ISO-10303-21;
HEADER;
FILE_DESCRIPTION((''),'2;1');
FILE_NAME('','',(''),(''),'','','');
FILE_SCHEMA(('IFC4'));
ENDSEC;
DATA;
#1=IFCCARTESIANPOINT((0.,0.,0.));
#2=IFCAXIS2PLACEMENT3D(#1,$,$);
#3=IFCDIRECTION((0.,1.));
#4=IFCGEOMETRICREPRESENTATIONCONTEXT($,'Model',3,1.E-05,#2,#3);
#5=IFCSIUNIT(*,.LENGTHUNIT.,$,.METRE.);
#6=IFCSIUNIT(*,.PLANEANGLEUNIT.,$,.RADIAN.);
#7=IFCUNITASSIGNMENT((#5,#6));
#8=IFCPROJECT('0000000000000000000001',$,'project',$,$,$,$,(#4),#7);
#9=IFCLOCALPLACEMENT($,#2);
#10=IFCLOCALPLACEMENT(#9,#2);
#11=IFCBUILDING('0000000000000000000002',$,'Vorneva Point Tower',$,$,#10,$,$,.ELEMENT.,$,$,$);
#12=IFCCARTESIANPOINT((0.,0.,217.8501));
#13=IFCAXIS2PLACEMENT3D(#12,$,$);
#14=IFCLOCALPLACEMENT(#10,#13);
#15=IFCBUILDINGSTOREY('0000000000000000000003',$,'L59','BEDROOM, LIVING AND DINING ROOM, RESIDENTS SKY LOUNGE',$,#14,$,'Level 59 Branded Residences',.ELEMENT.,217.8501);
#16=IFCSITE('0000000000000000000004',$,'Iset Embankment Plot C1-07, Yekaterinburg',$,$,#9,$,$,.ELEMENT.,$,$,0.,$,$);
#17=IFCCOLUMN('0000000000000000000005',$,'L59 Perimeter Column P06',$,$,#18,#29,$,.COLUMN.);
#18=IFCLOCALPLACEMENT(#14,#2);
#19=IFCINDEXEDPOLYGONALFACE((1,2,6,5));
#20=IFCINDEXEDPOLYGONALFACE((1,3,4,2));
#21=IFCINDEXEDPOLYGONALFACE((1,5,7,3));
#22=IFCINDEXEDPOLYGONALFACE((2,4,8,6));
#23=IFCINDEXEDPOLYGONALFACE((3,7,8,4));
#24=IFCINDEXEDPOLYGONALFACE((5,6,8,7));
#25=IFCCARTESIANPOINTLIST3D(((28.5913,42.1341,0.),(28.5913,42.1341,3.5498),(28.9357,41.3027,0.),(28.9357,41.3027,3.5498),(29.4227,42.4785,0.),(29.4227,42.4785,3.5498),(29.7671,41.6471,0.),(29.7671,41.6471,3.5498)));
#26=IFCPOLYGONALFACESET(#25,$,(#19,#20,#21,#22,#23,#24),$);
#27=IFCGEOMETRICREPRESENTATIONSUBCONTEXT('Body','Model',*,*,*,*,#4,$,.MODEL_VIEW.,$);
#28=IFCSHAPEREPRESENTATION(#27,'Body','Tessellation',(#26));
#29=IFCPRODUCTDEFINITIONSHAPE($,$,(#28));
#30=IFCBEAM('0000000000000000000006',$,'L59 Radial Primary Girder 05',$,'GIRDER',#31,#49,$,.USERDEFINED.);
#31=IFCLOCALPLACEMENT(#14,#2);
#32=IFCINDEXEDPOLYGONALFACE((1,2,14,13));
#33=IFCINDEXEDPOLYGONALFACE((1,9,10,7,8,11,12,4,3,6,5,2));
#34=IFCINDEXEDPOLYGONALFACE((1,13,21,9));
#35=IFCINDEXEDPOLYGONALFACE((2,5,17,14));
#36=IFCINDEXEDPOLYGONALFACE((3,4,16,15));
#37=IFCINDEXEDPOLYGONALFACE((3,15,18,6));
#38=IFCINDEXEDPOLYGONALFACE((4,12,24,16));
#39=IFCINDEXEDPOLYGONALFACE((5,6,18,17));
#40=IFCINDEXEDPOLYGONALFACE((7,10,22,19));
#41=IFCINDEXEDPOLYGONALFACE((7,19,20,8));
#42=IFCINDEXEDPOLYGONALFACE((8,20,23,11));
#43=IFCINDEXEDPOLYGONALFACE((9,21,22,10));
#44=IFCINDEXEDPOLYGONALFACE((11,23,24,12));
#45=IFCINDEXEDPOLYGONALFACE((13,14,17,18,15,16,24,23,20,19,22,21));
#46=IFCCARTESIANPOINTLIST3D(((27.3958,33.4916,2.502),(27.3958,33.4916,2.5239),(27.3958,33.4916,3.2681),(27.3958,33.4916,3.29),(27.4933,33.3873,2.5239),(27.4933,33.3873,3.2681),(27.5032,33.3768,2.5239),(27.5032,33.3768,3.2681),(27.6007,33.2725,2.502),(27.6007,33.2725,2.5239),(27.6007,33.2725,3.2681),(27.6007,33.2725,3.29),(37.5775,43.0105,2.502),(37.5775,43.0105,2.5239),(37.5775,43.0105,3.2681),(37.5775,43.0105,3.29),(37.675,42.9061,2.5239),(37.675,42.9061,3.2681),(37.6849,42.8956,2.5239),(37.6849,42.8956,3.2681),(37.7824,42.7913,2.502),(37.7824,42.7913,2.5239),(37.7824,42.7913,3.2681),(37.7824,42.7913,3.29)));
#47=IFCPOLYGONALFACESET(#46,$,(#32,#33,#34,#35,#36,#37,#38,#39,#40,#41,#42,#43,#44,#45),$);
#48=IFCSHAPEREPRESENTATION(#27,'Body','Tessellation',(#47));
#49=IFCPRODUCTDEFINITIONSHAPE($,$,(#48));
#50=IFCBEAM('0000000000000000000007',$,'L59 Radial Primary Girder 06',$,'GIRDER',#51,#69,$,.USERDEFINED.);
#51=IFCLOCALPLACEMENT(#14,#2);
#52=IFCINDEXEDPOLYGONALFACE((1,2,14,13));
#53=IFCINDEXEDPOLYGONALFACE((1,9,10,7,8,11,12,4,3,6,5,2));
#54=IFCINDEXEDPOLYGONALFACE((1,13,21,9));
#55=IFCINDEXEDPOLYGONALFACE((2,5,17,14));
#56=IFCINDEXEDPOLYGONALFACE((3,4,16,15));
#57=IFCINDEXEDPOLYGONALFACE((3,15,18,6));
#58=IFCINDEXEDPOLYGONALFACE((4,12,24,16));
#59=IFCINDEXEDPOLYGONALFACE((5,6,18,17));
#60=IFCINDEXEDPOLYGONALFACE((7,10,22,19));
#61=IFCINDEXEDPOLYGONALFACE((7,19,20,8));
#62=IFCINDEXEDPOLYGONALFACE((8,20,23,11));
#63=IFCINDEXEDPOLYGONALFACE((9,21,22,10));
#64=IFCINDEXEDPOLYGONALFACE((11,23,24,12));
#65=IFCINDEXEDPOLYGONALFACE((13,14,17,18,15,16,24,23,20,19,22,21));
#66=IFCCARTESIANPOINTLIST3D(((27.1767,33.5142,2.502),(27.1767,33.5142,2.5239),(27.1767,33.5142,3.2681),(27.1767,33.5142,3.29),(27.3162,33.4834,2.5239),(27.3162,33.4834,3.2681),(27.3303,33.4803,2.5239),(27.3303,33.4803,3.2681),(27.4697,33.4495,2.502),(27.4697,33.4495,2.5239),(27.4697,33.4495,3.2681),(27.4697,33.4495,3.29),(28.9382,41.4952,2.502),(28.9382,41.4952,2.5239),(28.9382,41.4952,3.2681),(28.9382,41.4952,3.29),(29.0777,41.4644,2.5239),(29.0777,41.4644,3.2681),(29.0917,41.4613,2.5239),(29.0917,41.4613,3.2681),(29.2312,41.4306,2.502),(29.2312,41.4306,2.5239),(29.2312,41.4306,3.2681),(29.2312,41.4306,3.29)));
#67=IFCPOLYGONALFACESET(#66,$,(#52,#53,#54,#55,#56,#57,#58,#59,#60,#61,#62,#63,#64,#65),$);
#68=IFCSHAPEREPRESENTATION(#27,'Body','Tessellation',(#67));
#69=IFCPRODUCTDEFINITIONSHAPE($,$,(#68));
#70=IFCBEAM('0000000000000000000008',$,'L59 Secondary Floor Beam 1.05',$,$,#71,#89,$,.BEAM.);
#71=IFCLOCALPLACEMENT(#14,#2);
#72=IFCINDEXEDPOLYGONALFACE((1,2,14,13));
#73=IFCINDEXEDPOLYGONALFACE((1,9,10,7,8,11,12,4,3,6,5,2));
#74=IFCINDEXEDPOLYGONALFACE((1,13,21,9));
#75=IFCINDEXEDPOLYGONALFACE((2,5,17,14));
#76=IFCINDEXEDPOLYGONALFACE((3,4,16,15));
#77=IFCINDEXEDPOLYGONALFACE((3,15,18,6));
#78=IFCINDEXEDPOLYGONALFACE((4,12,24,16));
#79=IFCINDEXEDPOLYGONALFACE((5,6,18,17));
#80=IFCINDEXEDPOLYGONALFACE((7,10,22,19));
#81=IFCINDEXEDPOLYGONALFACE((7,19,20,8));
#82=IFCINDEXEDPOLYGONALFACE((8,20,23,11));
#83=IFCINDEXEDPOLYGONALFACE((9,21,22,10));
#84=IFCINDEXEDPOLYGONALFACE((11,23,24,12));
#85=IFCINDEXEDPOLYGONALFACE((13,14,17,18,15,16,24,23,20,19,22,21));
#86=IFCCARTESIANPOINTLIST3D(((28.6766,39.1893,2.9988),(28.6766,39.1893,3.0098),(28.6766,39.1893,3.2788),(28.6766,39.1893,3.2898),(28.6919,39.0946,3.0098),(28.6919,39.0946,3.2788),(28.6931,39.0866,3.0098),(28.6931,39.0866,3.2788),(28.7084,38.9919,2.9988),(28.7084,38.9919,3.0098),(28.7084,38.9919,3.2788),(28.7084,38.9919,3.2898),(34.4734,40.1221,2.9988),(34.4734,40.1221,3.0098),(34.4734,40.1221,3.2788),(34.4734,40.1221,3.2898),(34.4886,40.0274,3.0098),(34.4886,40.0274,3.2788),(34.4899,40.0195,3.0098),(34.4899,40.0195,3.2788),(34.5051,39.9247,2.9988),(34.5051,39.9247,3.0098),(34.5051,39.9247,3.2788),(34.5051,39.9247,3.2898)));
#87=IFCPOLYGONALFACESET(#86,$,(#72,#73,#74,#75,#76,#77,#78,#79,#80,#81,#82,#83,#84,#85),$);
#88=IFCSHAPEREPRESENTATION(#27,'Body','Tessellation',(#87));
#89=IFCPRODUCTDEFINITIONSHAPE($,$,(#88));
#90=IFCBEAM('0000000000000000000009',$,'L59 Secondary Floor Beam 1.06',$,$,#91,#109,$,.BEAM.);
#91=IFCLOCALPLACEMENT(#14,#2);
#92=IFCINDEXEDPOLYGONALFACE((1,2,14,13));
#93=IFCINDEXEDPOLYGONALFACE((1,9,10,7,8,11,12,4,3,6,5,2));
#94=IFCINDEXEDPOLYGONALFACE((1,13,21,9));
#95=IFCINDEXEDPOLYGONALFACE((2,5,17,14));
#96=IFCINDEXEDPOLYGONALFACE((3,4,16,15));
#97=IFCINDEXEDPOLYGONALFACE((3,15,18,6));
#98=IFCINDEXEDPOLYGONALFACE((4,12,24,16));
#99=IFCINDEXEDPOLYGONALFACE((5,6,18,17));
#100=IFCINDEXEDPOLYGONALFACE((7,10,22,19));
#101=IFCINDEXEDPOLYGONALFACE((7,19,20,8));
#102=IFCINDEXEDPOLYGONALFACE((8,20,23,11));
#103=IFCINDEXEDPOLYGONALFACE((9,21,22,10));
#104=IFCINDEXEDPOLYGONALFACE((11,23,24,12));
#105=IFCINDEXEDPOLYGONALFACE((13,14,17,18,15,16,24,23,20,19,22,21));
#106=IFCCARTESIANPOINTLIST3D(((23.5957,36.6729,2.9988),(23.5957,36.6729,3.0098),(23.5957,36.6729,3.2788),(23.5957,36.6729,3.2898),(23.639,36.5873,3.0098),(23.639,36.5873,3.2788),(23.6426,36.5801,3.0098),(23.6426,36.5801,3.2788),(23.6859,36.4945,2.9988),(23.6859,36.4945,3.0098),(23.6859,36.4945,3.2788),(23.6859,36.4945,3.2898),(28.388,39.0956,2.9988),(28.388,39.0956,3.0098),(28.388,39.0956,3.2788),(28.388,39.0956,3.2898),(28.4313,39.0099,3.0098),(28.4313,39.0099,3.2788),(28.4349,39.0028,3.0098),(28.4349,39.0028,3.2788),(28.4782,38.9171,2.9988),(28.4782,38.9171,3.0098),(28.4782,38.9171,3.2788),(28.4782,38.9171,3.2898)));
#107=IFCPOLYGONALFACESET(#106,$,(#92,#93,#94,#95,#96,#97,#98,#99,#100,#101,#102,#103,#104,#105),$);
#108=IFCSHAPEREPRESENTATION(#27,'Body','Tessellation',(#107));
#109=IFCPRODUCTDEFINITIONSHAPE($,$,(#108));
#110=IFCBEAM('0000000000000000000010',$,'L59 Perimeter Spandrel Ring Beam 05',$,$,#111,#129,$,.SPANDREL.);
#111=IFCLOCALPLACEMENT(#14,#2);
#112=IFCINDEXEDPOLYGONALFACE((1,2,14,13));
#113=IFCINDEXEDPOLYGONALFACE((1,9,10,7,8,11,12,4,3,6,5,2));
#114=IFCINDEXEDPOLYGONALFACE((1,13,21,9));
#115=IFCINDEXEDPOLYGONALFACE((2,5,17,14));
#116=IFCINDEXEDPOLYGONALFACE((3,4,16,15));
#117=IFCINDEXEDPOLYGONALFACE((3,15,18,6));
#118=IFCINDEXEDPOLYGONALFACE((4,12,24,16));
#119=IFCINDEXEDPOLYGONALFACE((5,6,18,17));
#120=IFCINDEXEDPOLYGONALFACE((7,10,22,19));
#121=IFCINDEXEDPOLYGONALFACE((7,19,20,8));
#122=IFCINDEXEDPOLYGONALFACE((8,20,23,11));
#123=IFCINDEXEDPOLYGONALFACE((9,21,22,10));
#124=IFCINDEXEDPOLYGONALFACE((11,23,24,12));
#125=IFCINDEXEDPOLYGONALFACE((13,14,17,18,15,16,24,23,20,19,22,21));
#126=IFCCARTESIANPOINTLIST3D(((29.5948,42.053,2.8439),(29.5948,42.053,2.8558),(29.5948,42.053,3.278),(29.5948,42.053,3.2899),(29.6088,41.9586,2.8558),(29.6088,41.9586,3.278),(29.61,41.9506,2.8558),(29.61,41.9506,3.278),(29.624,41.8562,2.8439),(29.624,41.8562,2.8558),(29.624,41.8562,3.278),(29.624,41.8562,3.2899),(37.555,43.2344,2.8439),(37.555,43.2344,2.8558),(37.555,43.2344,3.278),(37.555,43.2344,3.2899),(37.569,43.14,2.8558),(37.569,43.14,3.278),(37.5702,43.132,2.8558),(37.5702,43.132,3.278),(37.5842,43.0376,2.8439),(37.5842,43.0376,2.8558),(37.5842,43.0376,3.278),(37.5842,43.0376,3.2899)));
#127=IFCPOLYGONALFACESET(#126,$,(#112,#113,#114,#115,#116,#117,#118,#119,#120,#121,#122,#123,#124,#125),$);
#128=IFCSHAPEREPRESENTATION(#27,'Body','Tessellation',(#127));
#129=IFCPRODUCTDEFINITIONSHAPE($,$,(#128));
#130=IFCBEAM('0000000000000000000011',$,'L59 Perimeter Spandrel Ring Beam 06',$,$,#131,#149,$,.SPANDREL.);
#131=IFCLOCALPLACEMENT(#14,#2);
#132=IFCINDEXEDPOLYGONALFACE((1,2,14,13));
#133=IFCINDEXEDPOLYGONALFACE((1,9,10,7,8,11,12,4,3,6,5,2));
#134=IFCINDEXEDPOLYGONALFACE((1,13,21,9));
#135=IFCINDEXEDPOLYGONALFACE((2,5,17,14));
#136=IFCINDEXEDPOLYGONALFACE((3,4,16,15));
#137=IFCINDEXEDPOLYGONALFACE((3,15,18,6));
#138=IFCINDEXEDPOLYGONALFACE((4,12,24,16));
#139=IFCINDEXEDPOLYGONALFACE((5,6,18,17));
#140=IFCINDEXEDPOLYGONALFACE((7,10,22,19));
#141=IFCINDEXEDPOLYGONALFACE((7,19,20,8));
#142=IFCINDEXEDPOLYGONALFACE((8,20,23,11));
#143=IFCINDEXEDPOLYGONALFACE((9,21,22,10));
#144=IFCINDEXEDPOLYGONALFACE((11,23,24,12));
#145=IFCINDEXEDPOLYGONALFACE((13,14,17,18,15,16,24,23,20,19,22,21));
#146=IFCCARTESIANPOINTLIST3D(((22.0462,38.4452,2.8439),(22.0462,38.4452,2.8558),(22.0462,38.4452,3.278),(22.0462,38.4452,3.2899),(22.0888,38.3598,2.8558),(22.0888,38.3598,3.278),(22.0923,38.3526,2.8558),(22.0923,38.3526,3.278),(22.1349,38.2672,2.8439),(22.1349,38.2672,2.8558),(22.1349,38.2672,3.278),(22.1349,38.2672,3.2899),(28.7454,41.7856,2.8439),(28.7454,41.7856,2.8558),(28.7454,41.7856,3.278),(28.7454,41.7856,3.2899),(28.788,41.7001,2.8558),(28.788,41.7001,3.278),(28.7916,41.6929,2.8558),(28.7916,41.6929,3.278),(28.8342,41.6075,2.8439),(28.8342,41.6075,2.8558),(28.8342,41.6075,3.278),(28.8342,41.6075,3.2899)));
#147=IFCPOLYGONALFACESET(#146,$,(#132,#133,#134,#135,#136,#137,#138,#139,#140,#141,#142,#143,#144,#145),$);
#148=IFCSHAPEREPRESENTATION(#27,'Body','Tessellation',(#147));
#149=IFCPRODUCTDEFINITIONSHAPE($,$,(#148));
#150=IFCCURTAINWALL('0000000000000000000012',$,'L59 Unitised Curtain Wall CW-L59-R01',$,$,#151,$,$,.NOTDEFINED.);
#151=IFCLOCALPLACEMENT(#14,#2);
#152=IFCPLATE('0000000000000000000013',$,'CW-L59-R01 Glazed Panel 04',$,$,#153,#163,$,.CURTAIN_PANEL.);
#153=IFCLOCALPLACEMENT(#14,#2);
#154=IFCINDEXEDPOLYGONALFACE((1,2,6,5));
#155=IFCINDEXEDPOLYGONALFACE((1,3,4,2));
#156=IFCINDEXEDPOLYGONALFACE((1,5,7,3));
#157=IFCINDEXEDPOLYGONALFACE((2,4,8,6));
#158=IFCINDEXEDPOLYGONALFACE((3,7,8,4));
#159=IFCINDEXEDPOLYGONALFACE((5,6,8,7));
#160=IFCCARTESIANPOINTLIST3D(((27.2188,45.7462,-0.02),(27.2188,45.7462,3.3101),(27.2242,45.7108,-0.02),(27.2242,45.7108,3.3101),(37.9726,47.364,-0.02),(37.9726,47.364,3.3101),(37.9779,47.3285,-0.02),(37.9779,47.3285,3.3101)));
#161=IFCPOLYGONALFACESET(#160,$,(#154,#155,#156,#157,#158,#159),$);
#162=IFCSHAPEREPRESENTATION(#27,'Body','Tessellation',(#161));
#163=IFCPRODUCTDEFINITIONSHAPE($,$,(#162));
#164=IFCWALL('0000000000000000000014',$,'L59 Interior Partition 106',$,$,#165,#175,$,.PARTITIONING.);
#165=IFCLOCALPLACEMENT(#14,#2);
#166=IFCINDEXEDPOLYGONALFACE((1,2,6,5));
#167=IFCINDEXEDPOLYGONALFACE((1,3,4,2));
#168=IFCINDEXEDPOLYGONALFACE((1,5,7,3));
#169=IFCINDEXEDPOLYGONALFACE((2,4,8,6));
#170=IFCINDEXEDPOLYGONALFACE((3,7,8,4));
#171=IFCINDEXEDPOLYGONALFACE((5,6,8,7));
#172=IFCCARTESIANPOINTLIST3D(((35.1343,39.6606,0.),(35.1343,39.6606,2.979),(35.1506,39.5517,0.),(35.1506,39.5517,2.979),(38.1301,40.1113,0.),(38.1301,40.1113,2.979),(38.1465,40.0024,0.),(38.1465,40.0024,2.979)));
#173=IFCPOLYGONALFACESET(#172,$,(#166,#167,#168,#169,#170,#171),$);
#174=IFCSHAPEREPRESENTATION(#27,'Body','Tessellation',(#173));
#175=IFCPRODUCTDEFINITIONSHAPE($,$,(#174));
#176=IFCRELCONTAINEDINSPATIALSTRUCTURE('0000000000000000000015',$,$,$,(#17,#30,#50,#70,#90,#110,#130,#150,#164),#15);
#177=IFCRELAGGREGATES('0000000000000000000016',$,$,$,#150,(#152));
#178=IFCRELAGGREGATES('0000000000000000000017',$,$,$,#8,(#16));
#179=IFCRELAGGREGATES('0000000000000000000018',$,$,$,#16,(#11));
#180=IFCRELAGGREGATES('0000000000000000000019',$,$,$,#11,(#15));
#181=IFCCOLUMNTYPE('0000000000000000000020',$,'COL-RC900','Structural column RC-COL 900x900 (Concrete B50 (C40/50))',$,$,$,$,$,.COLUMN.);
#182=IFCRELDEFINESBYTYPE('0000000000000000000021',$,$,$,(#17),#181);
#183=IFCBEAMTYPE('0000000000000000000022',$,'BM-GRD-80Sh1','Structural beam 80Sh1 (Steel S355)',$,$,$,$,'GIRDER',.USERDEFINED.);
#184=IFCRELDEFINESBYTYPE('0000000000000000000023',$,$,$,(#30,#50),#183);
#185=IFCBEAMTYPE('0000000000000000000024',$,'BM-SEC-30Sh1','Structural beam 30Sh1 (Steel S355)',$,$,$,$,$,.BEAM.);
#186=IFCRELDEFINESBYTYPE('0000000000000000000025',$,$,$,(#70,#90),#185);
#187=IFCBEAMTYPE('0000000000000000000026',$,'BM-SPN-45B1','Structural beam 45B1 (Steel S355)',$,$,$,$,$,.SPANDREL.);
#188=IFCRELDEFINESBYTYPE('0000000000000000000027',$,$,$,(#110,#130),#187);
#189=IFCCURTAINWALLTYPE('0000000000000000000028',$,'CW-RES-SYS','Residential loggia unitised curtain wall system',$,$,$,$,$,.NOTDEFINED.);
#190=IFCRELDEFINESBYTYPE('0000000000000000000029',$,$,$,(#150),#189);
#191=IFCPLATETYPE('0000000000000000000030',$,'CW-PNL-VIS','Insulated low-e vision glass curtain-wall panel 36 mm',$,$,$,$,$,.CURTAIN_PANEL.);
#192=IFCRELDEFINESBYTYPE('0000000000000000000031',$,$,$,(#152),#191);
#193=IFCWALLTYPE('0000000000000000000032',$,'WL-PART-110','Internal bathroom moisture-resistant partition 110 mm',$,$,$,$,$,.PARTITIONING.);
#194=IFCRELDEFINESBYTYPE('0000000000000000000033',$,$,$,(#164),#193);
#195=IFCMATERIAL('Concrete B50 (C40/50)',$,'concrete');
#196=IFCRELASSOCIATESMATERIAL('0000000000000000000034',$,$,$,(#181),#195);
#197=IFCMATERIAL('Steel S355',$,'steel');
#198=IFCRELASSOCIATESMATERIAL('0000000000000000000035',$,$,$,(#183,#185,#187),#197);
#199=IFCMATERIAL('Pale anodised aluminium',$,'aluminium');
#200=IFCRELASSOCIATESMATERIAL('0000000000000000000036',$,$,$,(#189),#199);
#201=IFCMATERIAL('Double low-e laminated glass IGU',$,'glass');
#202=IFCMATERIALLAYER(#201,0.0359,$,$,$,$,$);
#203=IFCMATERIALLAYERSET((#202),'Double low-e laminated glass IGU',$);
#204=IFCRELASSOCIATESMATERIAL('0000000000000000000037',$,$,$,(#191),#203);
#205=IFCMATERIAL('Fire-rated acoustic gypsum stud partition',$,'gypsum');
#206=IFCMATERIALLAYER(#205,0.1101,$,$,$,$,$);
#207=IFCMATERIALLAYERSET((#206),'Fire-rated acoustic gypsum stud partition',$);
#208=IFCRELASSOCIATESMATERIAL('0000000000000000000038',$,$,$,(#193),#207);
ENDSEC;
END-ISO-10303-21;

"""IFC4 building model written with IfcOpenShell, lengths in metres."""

from ifc_helpers import new_model, si_unit, direction, frame, frame_2d, origin, origin_2d, place, context, subcontext, project, spatial, rectangle, i_section, extrude, material, layer, layer_set, material_profile, profile_set, type_object, element, aggregate, save


model = new_model("IFC4")

# Units and contexts
model_context = context("Model", 3, precision=1e-05, world=origin(), true_north=direction((0.0, 1.0)))
body_context = subcontext(model_context, "Body", "Model", "MODEL_VIEW")
ifc_project = project(units=[si_unit("LENGTHUNIT", "METRE"), si_unit("PLANEANGLEUNIT", "RADIAN")], contexts=[model_context])

# Site, building, storey
site_placement = place(None, origin())
site = spatial("IfcSite", under=ifc_project, at=site_placement, Name="Iset Embankment Plot C1-07, Yekaterinburg", CompositionType="ELEMENT", RefElevation=0.0)
building_placement = place(site_placement, origin())
building = spatial("IfcBuilding", under=site, at=building_placement, Name="Vorneva Point Tower", CompositionType="ELEMENT")
storey_placement = place(building_placement, frame((0.0, 0.0, 217.8501)))
storey = spatial("IfcBuildingStorey", under=building, at=storey_placement, Name="L59", Description="BEDROOM, LIVING AND DINING ROOM, RESIDENTS SKY LOUNGE", LongName="Level 59 Branded Residences", CompositionType="ELEMENT", Elevation=217.8501)

# Column
ifc_material_1 = material(Name="Concrete B50 (C40/50)", Category="concrete")
ifc_material_profile_1 = material_profile(ifc_material_1, rectangle(XDim=0.8999, YDim=0.8999, at=origin_2d()), Name="RC-COL 900x900")
ifc_profile_set_1 = profile_set([ifc_material_profile_1], Name="Concrete B50 (C40/50)")
column_type = type_object("IfcColumnType", Name="COL-RC900", Description="Structural column RC-COL 900x900 (Concrete B50 (C40/50))", PredefinedType="COLUMN", material=ifc_profile_set_1)
column_placement = place(storey_placement, frame((29.1792, 41.8906, 0.0), z_axis=(0.0, 0.0, 1.0), x_axis=(-0.382683, 0.92388, 0.0)))
element("IfcColumn", 1, at=column_placement, inside=storey, type_object=column_type, Name="L59 Perimeter Column P06", PredefinedType="COLUMN", context=body_context, shape_type="SweptSolid", body=[
    extrude(rectangle(XDim=0.8999, YDim=0.8999, at=origin_2d()), origin(), (0.0, 0.0, 1.0), 3.5498),
])

# Beams
ifc_material_2 = material(Name="Steel S355", Category="steel")
ifc_material_profile_2 = material_profile(ifc_material_2, i_section(OverallWidth=0.3, OverallDepth=0.7881, WebThickness=0.0144, FlangeThickness=0.022, at=origin_2d()), Name="80Sh1")
ifc_profile_set_2 = profile_set([ifc_material_profile_2], Name="Steel S355")
beam_type_1 = type_object("IfcBeamType", Name="BM-GRD-80Sh1", Description="Structural beam 80Sh1 (Steel S355)", ElementType="GIRDER", PredefinedType="USERDEFINED", material=ifc_profile_set_2)
beam_1_placement = place(storey_placement, frame((37.6799, 42.9009, 2.896), z_axis=(-0.730485, -0.682929, 0.0), x_axis=(0.682929, -0.730485, 0.0)))
element("IfcBeam", 2, at=beam_1_placement, inside=storey, type_object=beam_type_1, Name="L59 Radial Primary Girder 05", ObjectType="GIRDER", PredefinedType="USERDEFINED", context=body_context, shape_type="SweptSolid", body=[
    extrude(i_section(OverallWidth=0.3, OverallDepth=0.7881, WebThickness=0.0144, FlangeThickness=0.022, at=origin_2d()), origin(), (0.0, 0.0, 1.0), 13.9382),
])
beam_2_placement = place(storey_placement, frame((29.0847, 41.4629, 2.896), z_axis=(-0.215523, -0.976499, 0.0), x_axis=(0.976499, -0.215523, 0.0)))
element("IfcBeam", 3, at=beam_2_placement, inside=storey, type_object=beam_type_1, Name="L59 Radial Primary Girder 06", ObjectType="GIRDER", PredefinedType="USERDEFINED", context=body_context, shape_type="SweptSolid", body=[
    extrude(i_section(OverallWidth=0.3, OverallDepth=0.7881, WebThickness=0.0144, FlangeThickness=0.022, at=origin_2d()), origin(), (0.0, 0.0, 1.0), 8.1731),
])
ifc_material_profile_3 = material_profile(ifc_material_2, i_section(OverallWidth=0.2, OverallDepth=0.291, WebThickness=0.0081, FlangeThickness=0.011, at=origin_2d()), Name="30Sh1")
ifc_profile_set_3 = profile_set([ifc_material_profile_3], Name="Steel S355")
beam_type_2 = type_object("IfcBeamType", Name="BM-SEC-30Sh1", Description="Structural beam 30Sh1 (Steel S355)", PredefinedType="BEAM", material=ifc_profile_set_3)
beam_3_placement = place(storey_placement, frame((34.4893, 40.0234, 3.1443), z_axis=(-0.987298, -0.158881, 0.0), x_axis=(0.158881, -0.987298, 0.0)))
element("IfcBeam", 4, at=beam_3_placement, inside=storey, type_object=beam_type_2, Name="L59 Secondary Floor Beam 1.05", PredefinedType="BEAM", context=body_context, shape_type="SweptSolid", body=[
    extrude(i_section(OverallWidth=0.2, OverallDepth=0.291, WebThickness=0.0081, FlangeThickness=0.011, at=origin_2d()), origin(), (0.0, 0.0, 1.0), 5.8713),
])
beam_4_placement = place(storey_placement, frame((28.4331, 39.0063, 3.1443), z_axis=(-0.892445, -0.451156, 0.0), x_axis=(0.451156, -0.892445, 0.0)))
element("IfcBeam", 5, at=beam_4_placement, inside=storey, type_object=beam_type_2, Name="L59 Secondary Floor Beam 1.06", PredefinedType="BEAM", context=body_context, shape_type="SweptSolid", body=[
    extrude(i_section(OverallWidth=0.2, OverallDepth=0.291, WebThickness=0.0081, FlangeThickness=0.011, at=origin_2d()), origin(), (0.0, 0.0, 1.0), 5.3699),
])
ifc_material_profile_4 = material_profile(ifc_material_2, i_section(OverallWidth=0.199, OverallDepth=0.446, WebThickness=0.0081, FlangeThickness=0.012, at=origin_2d()), Name="45B1")
ifc_profile_set_4 = profile_set([ifc_material_profile_4], Name="Steel S355")
beam_type_3 = type_object("IfcBeamType", Name="BM-SPN-45B1", Description="Structural beam 45B1 (Steel S355)", PredefinedType="SPANDREL", material=ifc_profile_set_4)
beam_5_placement = place(storey_placement, frame((37.5696, 43.136, 3.0669), z_axis=(-0.989165, -0.146805, 0.0), x_axis=(0.146805, -0.989165, 0.0)))
element("IfcBeam", 6, at=beam_5_placement, inside=storey, type_object=beam_type_3, Name="L59 Perimeter Spandrel Ring Beam 05", PredefinedType="SPANDREL", context=body_context, shape_type="SweptSolid", body=[
    extrude(i_section(OverallWidth=0.199, OverallDepth=0.446, WebThickness=0.0081, FlangeThickness=0.012, at=origin_2d()), origin(), (0.0, 0.0, 1.0), 8.0474),
])
beam_6_placement = place(storey_placement, frame((28.7898, 41.6965, 3.0669), z_axis=(-0.894922, -0.446222, 0.0), x_axis=(0.446222, -0.894922, 0.0)))
element("IfcBeam", 7, at=beam_6_placement, inside=storey, type_object=beam_type_3, Name="L59 Perimeter Spandrel Ring Beam 06", PredefinedType="SPANDREL", context=body_context, shape_type="SweptSolid", body=[
    extrude(i_section(OverallWidth=0.199, OverallDepth=0.446, WebThickness=0.0081, FlangeThickness=0.012, at=origin_2d()), origin(), (0.0, 0.0, 1.0), 7.4858),
])

# Curtain wall, plate
ifc_material_3 = material(Name="Pale anodised aluminium", Category="aluminium")
curtain_wall_type = type_object("IfcCurtainWallType", Name="CW-RES-SYS", Description="Residential loggia unitised curtain wall system", PredefinedType="NOTDEFINED", material=ifc_material_3)
curtain_wall_placement = place(storey_placement, origin())
curtain_wall = element("IfcCurtainWall", 8, at=curtain_wall_placement, inside=storey, type_object=curtain_wall_type, Name="L59 Unitised Curtain Wall CW-L59-R01", PredefinedType="NOTDEFINED")
ifc_material_4 = material(Name="Double low-e laminated glass IGU", Category="glass")
ifc_layer_1 = layer(ifc_material_4, 0.0359)
ifc_layer_set_1 = layer_set([ifc_layer_1], Name="Double low-e laminated glass IGU")
plate_type = type_object("IfcPlateType", Name="CW-PNL-VIS", Description="Insulated low-e vision glass curtain-wall panel 36 mm", PredefinedType="CURTAIN_PANEL", material=ifc_layer_set_1)
plate_placement = place(storey_placement, frame((32.5984, 46.5374, -0.02), z_axis=(0.0, 0.0, 1.0), x_axis=(-0.988874, -0.148759, 0.0)))
plate = element("IfcPlate", 9, at=plate_placement, type_object=plate_type, Name="CW-L59-R01 Glazed Panel 04", PredefinedType="CURTAIN_PANEL", context=body_context, shape_type="SweptSolid", body=[
    extrude(rectangle(XDim=10.8748, YDim=0.0359, at=origin_2d()), origin(), (0.0, 0.0, 1.0), 3.3301),
])
aggregate(curtain_wall, [plate])

# Wall
ifc_material_5 = material(Name="Fire-rated acoustic gypsum stud partition", Category="gypsum")
ifc_layer_2 = layer(ifc_material_5, 0.1101)
ifc_layer_set_2 = layer_set([ifc_layer_2], Name="Fire-rated acoustic gypsum stud partition")
wall_type_1 = type_object("IfcWallType", Name="WL-PART-110", Description="Internal bathroom moisture-resistant partition 110 mm", PredefinedType="PARTITIONING", material=ifc_layer_set_2)
wall_1_placement = place(storey_placement, frame((35.1426, 39.6062, 0.0), z_axis=(0.0, 0.0, 1.0), x_axis=(0.988873, 0.148762, 0.0)))
element("IfcWall", 10, at=wall_1_placement, inside=storey, type_object=wall_type_1, Name="L59 Interior Partition 106", PredefinedType="PARTITIONING", context=body_context, shape_type="SweptSolid", body=[
    extrude(rectangle(XDim=3.0295, YDim=0.1101, at=frame_2d((1.5146, 0.0))), origin(), (0.0, 0.0, 1.0), 2.979),
])

save(model, "model.ifc")
